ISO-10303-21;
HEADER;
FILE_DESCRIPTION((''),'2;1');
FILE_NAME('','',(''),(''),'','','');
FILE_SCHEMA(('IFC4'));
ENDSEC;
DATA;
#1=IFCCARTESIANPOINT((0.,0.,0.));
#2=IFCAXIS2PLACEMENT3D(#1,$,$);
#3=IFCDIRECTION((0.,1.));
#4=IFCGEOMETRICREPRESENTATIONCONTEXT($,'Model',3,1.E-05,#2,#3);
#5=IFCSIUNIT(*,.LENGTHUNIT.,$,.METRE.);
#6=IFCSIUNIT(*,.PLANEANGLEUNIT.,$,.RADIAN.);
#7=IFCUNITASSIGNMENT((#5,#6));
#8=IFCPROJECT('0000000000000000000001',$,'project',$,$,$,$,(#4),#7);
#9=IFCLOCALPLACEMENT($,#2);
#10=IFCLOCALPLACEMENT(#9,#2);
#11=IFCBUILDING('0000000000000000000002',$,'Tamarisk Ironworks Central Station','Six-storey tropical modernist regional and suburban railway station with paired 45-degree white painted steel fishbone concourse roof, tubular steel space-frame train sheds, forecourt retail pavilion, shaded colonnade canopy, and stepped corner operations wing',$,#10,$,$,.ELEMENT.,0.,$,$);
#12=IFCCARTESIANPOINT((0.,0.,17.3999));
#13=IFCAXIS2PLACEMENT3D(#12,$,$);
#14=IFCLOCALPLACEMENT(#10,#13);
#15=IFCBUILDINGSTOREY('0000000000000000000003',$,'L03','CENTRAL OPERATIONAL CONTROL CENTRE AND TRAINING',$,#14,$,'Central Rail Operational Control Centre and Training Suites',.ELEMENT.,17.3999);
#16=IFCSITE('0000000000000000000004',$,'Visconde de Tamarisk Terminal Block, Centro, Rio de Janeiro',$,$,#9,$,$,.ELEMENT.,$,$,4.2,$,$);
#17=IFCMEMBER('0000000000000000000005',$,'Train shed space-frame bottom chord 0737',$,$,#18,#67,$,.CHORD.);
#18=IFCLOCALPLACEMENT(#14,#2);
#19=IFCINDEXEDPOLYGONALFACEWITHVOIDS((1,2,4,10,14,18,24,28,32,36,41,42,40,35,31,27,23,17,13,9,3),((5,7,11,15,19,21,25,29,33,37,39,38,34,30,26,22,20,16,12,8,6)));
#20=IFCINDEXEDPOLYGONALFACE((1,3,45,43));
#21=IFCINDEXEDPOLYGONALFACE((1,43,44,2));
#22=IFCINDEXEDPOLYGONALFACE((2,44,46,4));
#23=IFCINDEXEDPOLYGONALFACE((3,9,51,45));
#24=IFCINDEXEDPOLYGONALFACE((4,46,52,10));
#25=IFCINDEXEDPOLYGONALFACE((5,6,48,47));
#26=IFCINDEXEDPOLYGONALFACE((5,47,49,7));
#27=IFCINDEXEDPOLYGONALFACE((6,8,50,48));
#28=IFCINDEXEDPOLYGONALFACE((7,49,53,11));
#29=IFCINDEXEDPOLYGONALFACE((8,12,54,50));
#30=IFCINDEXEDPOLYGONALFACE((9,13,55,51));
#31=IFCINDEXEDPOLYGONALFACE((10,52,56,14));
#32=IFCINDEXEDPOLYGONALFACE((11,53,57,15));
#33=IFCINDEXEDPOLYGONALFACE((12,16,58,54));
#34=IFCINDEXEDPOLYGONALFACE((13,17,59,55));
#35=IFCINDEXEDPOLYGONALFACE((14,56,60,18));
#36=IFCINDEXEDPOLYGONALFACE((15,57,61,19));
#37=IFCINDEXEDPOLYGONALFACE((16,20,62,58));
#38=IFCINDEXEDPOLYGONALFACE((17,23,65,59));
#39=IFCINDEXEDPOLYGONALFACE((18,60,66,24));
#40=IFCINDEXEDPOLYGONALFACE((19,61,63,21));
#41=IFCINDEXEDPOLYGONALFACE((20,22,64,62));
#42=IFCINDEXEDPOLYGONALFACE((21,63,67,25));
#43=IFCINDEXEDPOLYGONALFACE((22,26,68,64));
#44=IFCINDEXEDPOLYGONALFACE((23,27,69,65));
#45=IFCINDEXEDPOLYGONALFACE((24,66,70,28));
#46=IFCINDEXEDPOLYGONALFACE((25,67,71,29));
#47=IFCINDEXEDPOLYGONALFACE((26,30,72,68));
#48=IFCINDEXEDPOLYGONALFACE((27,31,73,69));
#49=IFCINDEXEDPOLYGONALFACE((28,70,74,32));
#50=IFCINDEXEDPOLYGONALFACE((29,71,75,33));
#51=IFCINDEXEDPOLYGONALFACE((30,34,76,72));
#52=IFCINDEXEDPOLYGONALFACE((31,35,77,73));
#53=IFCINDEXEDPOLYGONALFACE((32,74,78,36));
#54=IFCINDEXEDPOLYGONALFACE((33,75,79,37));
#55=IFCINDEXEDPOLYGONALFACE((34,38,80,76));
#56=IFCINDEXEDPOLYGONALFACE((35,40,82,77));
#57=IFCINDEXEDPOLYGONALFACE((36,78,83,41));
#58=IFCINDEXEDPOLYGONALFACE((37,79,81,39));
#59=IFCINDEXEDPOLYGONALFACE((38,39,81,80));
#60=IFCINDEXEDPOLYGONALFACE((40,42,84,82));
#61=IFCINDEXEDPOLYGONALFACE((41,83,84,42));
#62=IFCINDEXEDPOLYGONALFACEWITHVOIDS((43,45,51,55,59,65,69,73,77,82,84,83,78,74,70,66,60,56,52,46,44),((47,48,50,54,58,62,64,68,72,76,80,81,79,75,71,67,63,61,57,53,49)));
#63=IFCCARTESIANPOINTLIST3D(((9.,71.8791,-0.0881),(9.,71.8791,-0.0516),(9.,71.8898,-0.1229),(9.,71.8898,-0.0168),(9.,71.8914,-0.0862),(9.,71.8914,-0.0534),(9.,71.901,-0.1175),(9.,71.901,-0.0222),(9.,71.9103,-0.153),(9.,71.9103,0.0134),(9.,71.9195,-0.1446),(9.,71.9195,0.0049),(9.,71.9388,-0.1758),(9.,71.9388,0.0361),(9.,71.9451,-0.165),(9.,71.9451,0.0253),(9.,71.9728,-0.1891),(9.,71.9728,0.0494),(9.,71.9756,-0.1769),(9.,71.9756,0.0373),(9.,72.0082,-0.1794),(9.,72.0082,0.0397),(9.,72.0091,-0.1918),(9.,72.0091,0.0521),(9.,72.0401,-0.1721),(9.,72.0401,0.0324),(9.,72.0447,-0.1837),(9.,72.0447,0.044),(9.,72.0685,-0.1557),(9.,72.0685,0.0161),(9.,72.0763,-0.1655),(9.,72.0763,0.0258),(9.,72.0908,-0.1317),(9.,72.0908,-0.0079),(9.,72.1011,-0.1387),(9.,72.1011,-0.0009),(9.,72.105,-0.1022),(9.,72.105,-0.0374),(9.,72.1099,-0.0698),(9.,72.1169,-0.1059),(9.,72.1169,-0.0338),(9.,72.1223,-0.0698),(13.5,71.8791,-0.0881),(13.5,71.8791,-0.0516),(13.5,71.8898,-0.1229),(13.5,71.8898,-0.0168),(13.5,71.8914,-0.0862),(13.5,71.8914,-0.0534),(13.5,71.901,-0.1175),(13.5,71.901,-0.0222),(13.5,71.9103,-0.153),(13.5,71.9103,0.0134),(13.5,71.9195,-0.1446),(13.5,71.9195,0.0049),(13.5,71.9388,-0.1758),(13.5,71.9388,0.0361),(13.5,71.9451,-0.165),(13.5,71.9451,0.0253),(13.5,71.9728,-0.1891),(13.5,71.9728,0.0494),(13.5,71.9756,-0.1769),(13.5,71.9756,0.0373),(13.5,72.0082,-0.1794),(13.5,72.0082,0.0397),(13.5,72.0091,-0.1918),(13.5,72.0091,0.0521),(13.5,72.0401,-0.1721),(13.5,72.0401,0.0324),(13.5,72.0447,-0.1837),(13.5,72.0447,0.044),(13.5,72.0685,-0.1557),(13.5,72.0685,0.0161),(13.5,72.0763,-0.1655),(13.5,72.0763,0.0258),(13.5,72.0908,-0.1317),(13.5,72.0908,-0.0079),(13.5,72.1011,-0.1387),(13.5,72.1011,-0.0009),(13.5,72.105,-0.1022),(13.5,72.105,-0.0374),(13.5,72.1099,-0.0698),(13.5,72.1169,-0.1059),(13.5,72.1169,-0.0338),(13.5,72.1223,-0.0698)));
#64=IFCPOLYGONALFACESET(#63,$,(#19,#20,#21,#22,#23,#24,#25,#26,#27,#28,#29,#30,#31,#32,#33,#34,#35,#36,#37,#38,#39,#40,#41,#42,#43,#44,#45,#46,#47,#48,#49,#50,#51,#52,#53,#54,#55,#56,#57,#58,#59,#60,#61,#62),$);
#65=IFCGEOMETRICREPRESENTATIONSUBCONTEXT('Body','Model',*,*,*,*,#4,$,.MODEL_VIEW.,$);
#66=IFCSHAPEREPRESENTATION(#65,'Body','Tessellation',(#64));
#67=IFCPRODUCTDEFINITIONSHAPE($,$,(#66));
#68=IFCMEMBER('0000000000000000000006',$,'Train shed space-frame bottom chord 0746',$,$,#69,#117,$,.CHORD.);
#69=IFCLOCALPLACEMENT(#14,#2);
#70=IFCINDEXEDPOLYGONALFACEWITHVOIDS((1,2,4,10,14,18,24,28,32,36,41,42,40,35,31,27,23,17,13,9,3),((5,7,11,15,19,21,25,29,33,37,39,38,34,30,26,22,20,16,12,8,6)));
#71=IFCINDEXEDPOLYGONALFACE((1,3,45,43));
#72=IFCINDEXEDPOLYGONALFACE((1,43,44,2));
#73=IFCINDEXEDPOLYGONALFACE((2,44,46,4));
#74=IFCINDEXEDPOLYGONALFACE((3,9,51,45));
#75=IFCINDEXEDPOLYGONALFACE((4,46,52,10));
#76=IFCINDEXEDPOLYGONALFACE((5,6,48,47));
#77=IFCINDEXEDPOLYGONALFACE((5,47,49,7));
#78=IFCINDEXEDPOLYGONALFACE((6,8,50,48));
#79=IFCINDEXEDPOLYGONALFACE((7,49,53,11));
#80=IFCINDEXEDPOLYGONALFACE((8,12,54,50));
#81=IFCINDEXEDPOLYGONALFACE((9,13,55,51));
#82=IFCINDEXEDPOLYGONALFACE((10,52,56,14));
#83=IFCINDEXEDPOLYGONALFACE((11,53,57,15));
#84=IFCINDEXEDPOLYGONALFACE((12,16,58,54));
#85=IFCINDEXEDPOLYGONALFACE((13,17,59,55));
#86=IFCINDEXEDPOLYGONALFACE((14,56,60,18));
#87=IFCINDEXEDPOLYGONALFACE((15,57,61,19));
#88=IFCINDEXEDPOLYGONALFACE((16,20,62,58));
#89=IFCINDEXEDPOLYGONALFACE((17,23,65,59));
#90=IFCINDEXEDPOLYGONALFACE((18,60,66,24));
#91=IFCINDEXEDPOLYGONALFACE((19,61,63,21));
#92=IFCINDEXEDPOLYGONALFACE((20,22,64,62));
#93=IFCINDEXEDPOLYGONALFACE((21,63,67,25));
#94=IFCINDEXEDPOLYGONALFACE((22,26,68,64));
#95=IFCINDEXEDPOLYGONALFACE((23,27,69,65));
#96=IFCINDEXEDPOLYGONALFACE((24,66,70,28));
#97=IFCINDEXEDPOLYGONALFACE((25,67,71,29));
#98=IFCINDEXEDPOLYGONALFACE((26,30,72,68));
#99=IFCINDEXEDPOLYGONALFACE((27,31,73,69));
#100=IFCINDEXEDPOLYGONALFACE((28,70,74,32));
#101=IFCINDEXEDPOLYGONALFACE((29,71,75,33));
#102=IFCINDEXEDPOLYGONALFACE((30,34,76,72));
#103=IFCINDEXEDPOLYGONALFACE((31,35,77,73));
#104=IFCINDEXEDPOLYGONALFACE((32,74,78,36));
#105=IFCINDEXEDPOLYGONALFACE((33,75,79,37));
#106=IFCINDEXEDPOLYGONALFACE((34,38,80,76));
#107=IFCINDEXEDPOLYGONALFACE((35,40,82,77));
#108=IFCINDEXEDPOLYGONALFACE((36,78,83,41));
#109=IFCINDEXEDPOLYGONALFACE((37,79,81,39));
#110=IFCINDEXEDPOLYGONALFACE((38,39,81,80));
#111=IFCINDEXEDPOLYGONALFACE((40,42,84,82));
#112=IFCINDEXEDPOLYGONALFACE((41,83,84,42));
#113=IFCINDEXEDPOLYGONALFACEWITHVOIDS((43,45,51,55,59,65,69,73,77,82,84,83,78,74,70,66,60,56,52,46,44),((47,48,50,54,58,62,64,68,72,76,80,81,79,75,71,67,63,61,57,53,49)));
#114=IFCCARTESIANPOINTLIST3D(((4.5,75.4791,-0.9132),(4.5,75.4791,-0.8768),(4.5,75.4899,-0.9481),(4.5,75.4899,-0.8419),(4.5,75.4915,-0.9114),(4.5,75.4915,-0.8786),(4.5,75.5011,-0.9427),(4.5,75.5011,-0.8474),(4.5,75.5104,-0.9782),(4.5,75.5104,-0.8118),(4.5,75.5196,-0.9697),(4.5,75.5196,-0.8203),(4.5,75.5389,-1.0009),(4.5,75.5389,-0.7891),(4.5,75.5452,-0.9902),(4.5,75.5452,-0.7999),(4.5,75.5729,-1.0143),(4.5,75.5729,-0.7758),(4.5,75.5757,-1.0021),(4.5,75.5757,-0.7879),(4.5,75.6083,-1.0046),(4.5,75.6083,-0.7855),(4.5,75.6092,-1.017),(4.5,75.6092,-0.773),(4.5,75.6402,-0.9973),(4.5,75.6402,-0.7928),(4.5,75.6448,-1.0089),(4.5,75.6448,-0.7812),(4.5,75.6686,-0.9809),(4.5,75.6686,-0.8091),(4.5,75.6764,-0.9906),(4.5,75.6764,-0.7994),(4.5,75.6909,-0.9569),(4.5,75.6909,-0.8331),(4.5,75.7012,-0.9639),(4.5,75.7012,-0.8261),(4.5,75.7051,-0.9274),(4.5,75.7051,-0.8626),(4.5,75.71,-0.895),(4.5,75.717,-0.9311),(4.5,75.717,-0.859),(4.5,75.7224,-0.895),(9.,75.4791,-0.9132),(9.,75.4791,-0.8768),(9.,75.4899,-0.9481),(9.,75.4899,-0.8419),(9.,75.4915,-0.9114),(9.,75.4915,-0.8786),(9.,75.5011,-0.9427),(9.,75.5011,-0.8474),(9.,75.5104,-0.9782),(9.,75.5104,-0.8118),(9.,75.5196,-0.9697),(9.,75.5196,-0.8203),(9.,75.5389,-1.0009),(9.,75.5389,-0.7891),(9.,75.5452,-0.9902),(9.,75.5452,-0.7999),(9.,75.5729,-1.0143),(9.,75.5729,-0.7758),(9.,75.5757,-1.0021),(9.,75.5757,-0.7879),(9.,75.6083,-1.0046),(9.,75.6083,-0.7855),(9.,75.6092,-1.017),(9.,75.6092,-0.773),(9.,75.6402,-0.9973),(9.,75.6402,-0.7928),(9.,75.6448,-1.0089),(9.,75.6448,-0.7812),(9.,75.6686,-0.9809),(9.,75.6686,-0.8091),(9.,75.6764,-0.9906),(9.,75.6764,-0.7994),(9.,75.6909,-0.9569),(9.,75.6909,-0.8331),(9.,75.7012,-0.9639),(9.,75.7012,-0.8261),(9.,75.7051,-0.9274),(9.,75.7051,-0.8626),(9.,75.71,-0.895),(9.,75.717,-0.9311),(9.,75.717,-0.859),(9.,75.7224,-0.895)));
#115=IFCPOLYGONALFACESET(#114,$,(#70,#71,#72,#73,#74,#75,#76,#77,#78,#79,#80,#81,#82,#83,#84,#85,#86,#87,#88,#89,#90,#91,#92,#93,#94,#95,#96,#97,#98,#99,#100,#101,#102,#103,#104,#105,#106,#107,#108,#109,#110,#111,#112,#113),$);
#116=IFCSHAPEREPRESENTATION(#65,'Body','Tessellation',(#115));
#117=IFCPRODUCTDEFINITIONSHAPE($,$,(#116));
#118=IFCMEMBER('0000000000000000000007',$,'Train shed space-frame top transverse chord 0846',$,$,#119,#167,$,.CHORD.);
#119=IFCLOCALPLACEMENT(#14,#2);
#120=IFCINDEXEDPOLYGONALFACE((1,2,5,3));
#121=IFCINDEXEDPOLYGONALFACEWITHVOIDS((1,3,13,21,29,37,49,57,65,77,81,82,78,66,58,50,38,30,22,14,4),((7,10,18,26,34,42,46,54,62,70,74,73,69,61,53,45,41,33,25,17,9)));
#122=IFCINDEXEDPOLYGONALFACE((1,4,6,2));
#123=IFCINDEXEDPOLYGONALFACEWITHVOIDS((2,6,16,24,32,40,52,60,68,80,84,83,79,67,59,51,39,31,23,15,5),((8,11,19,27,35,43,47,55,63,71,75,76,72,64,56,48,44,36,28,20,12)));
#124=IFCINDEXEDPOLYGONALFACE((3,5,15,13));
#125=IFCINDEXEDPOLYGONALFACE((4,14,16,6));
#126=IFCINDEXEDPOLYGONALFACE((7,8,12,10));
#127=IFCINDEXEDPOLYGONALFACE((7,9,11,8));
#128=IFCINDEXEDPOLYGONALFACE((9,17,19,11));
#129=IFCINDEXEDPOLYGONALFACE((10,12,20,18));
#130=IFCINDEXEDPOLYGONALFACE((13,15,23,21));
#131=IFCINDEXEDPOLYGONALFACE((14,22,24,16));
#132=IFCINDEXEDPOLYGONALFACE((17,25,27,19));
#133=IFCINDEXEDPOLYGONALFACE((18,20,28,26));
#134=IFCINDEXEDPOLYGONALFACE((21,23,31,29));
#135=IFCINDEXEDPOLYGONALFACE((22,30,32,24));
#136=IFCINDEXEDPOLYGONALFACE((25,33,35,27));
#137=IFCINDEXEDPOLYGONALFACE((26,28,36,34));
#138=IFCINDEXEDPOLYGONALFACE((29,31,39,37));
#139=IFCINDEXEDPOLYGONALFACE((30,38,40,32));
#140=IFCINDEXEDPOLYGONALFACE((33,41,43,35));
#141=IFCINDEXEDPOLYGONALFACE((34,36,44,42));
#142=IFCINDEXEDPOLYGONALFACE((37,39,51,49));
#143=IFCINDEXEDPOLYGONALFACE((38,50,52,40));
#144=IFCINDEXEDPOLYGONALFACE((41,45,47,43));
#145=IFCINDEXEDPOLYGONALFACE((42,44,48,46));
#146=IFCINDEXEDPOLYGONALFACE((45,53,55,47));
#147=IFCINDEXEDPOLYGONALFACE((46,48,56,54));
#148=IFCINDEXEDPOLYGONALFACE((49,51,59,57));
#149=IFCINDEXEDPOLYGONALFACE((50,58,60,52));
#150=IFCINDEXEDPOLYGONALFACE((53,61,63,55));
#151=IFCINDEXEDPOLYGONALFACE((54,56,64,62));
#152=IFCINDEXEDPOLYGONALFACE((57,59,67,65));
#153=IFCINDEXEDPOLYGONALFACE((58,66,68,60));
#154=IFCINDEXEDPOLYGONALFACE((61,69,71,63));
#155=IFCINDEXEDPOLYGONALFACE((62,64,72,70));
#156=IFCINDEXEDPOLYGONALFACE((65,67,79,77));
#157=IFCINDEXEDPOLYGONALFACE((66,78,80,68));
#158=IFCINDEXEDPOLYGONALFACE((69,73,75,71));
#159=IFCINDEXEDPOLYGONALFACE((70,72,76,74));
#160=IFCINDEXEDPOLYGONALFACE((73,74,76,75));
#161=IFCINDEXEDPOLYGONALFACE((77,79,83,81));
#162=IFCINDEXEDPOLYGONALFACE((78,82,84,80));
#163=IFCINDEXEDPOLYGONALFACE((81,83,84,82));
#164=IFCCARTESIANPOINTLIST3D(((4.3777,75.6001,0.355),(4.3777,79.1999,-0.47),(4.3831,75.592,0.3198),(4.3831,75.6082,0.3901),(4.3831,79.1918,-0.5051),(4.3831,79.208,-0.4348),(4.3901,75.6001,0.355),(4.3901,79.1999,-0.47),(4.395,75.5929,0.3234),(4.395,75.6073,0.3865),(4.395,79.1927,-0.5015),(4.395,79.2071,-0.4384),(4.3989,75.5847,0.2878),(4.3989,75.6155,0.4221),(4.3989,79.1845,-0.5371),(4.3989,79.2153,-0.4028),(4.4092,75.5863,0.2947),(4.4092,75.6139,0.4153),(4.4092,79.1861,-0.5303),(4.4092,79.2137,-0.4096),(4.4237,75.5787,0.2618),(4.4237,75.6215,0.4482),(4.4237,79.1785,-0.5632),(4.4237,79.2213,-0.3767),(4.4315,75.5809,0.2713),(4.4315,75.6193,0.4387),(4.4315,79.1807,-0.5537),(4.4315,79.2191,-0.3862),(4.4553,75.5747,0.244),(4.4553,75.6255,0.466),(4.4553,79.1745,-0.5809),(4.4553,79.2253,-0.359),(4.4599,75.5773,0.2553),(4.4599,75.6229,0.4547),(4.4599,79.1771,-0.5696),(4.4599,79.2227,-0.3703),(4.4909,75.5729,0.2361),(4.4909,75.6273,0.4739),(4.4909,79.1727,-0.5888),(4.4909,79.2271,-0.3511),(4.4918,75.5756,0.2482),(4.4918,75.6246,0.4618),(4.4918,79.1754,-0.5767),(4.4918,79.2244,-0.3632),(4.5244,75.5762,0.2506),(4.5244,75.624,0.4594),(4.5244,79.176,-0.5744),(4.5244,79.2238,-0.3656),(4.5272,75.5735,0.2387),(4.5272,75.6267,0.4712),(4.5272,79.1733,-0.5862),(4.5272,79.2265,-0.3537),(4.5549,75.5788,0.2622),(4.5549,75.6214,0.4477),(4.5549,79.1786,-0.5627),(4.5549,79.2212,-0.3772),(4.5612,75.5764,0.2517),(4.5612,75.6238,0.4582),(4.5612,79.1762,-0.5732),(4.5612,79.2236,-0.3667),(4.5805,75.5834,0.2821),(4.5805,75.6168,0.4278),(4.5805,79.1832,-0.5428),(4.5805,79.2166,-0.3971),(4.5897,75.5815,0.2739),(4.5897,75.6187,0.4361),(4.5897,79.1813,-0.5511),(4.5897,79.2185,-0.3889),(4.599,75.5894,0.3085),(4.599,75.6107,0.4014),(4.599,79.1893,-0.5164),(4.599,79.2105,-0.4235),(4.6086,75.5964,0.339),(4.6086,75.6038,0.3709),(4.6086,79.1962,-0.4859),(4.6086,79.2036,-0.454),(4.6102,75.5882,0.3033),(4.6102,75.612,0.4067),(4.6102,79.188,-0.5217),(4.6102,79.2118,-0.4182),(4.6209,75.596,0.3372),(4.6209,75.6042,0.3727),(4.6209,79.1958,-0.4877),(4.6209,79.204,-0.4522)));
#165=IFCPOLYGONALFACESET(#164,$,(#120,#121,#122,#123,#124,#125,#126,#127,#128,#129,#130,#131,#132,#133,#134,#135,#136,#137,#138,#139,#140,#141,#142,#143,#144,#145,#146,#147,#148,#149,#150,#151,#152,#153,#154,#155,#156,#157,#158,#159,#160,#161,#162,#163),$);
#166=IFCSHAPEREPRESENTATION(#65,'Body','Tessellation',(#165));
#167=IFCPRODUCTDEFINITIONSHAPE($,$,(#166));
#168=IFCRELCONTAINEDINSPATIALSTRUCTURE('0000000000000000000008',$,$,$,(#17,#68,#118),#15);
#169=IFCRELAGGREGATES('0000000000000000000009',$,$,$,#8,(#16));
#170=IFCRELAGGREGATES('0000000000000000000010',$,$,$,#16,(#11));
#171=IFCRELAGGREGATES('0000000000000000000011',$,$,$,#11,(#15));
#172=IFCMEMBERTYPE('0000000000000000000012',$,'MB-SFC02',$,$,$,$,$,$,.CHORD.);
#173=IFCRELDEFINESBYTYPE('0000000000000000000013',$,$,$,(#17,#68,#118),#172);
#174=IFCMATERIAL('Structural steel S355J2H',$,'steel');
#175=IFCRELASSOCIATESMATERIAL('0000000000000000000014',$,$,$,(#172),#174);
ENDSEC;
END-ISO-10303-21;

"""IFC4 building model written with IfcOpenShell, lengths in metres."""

from ifc_helpers import new_model, si_unit, direction, frame, origin, origin_2d, place, context, subcontext, project, spatial, hollow_circle, extrude, material, material_profile, profile_set, type_object, element, save


model = new_model("IFC4")

# Units and contexts
model_context = context("Model", 3, precision=1e-05, world=origin(), true_north=direction((0.0, 1.0)))
body_context = subcontext(model_context, "Body", "Model", "MODEL_VIEW")
ifc_project = project(units=[si_unit("LENGTHUNIT", "METRE"), si_unit("PLANEANGLEUNIT", "RADIAN")], contexts=[model_context])

# Site, building, storey
site_placement = place(None, origin())
site = spatial("IfcSite", under=ifc_project, at=site_placement, Name="Visconde de Tamarisk Terminal Block, Centro, Rio de Janeiro", CompositionType="ELEMENT", RefElevation=4.2)
building_placement = place(site_placement, origin())
building = spatial("IfcBuilding", under=site, at=building_placement, Name="Tamarisk Ironworks Central Station", Description="Six-storey tropical modernist regional and suburban railway station with paired 45-degree white painted steel fishbone concourse roof, tubular steel space-frame train sheds, forecourt retail pavilion, shaded colonnade canopy, and stepped corner operations wing", CompositionType="ELEMENT", ElevationOfRefHeight=0.0)
storey_placement = place(building_placement, frame((0.0, 0.0, 17.3999)))
storey = spatial("IfcBuildingStorey", under=building, at=storey_placement, Name="L03", Description="CENTRAL OPERATIONAL CONTROL CENTRE AND TRAINING", LongName="Central Rail Operational Control Centre and Training Suites", CompositionType="ELEMENT", Elevation=17.3999)

# Members
ifc_material = material(Name="Structural steel S355J2H", Category="steel")
ifc_material_profile_1 = material_profile(ifc_material, hollow_circle(Radius=0.1223, WallThickness=0.0125, at=origin_2d()), Name="CHS 244.5x12.5")
ifc_profile_set_1 = profile_set([ifc_material_profile_1], Name="Structural steel S355J2H")
member_type_1 = type_object("IfcMemberType", Name="MB-SFC02", PredefinedType="CHORD", material=ifc_profile_set_1)
for number, where, z_axis, x_axis, name in (
    (1, (9.0, 72.0, -0.0698), (1.0, 0.0, 0.0), (0.0, 1.0, 0.0), "Train shed space-frame bottom chord 0737"),
    (2, (4.5, 75.6001, -0.895), (1.0, 0.0, 0.0), (0.0, 1.0, 0.0), "Train shed space-frame bottom chord 0746"),
):
    element("IfcMember", number, at=place(storey_placement, frame(where, z_axis=z_axis, x_axis=x_axis)), inside=storey, type_object=member_type_1, Name=name, PredefinedType="CHORD", context=body_context, shape_type="SweptSolid", body=[
        extrude(hollow_circle(Radius=0.1223, WallThickness=0.0125, at=origin_2d()), origin(), (0.0, 0.0, 1.0), 4.5),
    ])
member_1_placement = place(storey_placement, frame((4.5, 75.6001, 0.355), z_axis=(0.0, 0.974733, -0.223372), x_axis=(-1.0, 0.0, 0.0)))
element("IfcMember", 3, at=member_1_placement, inside=storey, type_object=member_type_1, Name="Train shed space-frame top transverse chord 0846", PredefinedType="CHORD", context=body_context, shape_type="SweptSolid", body=[
    extrude(hollow_circle(Radius=0.1223, WallThickness=0.0125, at=origin_2d()), origin(), (0.0, 0.0, 1.0), 3.6931),
])

save(model, "model.ifc")
